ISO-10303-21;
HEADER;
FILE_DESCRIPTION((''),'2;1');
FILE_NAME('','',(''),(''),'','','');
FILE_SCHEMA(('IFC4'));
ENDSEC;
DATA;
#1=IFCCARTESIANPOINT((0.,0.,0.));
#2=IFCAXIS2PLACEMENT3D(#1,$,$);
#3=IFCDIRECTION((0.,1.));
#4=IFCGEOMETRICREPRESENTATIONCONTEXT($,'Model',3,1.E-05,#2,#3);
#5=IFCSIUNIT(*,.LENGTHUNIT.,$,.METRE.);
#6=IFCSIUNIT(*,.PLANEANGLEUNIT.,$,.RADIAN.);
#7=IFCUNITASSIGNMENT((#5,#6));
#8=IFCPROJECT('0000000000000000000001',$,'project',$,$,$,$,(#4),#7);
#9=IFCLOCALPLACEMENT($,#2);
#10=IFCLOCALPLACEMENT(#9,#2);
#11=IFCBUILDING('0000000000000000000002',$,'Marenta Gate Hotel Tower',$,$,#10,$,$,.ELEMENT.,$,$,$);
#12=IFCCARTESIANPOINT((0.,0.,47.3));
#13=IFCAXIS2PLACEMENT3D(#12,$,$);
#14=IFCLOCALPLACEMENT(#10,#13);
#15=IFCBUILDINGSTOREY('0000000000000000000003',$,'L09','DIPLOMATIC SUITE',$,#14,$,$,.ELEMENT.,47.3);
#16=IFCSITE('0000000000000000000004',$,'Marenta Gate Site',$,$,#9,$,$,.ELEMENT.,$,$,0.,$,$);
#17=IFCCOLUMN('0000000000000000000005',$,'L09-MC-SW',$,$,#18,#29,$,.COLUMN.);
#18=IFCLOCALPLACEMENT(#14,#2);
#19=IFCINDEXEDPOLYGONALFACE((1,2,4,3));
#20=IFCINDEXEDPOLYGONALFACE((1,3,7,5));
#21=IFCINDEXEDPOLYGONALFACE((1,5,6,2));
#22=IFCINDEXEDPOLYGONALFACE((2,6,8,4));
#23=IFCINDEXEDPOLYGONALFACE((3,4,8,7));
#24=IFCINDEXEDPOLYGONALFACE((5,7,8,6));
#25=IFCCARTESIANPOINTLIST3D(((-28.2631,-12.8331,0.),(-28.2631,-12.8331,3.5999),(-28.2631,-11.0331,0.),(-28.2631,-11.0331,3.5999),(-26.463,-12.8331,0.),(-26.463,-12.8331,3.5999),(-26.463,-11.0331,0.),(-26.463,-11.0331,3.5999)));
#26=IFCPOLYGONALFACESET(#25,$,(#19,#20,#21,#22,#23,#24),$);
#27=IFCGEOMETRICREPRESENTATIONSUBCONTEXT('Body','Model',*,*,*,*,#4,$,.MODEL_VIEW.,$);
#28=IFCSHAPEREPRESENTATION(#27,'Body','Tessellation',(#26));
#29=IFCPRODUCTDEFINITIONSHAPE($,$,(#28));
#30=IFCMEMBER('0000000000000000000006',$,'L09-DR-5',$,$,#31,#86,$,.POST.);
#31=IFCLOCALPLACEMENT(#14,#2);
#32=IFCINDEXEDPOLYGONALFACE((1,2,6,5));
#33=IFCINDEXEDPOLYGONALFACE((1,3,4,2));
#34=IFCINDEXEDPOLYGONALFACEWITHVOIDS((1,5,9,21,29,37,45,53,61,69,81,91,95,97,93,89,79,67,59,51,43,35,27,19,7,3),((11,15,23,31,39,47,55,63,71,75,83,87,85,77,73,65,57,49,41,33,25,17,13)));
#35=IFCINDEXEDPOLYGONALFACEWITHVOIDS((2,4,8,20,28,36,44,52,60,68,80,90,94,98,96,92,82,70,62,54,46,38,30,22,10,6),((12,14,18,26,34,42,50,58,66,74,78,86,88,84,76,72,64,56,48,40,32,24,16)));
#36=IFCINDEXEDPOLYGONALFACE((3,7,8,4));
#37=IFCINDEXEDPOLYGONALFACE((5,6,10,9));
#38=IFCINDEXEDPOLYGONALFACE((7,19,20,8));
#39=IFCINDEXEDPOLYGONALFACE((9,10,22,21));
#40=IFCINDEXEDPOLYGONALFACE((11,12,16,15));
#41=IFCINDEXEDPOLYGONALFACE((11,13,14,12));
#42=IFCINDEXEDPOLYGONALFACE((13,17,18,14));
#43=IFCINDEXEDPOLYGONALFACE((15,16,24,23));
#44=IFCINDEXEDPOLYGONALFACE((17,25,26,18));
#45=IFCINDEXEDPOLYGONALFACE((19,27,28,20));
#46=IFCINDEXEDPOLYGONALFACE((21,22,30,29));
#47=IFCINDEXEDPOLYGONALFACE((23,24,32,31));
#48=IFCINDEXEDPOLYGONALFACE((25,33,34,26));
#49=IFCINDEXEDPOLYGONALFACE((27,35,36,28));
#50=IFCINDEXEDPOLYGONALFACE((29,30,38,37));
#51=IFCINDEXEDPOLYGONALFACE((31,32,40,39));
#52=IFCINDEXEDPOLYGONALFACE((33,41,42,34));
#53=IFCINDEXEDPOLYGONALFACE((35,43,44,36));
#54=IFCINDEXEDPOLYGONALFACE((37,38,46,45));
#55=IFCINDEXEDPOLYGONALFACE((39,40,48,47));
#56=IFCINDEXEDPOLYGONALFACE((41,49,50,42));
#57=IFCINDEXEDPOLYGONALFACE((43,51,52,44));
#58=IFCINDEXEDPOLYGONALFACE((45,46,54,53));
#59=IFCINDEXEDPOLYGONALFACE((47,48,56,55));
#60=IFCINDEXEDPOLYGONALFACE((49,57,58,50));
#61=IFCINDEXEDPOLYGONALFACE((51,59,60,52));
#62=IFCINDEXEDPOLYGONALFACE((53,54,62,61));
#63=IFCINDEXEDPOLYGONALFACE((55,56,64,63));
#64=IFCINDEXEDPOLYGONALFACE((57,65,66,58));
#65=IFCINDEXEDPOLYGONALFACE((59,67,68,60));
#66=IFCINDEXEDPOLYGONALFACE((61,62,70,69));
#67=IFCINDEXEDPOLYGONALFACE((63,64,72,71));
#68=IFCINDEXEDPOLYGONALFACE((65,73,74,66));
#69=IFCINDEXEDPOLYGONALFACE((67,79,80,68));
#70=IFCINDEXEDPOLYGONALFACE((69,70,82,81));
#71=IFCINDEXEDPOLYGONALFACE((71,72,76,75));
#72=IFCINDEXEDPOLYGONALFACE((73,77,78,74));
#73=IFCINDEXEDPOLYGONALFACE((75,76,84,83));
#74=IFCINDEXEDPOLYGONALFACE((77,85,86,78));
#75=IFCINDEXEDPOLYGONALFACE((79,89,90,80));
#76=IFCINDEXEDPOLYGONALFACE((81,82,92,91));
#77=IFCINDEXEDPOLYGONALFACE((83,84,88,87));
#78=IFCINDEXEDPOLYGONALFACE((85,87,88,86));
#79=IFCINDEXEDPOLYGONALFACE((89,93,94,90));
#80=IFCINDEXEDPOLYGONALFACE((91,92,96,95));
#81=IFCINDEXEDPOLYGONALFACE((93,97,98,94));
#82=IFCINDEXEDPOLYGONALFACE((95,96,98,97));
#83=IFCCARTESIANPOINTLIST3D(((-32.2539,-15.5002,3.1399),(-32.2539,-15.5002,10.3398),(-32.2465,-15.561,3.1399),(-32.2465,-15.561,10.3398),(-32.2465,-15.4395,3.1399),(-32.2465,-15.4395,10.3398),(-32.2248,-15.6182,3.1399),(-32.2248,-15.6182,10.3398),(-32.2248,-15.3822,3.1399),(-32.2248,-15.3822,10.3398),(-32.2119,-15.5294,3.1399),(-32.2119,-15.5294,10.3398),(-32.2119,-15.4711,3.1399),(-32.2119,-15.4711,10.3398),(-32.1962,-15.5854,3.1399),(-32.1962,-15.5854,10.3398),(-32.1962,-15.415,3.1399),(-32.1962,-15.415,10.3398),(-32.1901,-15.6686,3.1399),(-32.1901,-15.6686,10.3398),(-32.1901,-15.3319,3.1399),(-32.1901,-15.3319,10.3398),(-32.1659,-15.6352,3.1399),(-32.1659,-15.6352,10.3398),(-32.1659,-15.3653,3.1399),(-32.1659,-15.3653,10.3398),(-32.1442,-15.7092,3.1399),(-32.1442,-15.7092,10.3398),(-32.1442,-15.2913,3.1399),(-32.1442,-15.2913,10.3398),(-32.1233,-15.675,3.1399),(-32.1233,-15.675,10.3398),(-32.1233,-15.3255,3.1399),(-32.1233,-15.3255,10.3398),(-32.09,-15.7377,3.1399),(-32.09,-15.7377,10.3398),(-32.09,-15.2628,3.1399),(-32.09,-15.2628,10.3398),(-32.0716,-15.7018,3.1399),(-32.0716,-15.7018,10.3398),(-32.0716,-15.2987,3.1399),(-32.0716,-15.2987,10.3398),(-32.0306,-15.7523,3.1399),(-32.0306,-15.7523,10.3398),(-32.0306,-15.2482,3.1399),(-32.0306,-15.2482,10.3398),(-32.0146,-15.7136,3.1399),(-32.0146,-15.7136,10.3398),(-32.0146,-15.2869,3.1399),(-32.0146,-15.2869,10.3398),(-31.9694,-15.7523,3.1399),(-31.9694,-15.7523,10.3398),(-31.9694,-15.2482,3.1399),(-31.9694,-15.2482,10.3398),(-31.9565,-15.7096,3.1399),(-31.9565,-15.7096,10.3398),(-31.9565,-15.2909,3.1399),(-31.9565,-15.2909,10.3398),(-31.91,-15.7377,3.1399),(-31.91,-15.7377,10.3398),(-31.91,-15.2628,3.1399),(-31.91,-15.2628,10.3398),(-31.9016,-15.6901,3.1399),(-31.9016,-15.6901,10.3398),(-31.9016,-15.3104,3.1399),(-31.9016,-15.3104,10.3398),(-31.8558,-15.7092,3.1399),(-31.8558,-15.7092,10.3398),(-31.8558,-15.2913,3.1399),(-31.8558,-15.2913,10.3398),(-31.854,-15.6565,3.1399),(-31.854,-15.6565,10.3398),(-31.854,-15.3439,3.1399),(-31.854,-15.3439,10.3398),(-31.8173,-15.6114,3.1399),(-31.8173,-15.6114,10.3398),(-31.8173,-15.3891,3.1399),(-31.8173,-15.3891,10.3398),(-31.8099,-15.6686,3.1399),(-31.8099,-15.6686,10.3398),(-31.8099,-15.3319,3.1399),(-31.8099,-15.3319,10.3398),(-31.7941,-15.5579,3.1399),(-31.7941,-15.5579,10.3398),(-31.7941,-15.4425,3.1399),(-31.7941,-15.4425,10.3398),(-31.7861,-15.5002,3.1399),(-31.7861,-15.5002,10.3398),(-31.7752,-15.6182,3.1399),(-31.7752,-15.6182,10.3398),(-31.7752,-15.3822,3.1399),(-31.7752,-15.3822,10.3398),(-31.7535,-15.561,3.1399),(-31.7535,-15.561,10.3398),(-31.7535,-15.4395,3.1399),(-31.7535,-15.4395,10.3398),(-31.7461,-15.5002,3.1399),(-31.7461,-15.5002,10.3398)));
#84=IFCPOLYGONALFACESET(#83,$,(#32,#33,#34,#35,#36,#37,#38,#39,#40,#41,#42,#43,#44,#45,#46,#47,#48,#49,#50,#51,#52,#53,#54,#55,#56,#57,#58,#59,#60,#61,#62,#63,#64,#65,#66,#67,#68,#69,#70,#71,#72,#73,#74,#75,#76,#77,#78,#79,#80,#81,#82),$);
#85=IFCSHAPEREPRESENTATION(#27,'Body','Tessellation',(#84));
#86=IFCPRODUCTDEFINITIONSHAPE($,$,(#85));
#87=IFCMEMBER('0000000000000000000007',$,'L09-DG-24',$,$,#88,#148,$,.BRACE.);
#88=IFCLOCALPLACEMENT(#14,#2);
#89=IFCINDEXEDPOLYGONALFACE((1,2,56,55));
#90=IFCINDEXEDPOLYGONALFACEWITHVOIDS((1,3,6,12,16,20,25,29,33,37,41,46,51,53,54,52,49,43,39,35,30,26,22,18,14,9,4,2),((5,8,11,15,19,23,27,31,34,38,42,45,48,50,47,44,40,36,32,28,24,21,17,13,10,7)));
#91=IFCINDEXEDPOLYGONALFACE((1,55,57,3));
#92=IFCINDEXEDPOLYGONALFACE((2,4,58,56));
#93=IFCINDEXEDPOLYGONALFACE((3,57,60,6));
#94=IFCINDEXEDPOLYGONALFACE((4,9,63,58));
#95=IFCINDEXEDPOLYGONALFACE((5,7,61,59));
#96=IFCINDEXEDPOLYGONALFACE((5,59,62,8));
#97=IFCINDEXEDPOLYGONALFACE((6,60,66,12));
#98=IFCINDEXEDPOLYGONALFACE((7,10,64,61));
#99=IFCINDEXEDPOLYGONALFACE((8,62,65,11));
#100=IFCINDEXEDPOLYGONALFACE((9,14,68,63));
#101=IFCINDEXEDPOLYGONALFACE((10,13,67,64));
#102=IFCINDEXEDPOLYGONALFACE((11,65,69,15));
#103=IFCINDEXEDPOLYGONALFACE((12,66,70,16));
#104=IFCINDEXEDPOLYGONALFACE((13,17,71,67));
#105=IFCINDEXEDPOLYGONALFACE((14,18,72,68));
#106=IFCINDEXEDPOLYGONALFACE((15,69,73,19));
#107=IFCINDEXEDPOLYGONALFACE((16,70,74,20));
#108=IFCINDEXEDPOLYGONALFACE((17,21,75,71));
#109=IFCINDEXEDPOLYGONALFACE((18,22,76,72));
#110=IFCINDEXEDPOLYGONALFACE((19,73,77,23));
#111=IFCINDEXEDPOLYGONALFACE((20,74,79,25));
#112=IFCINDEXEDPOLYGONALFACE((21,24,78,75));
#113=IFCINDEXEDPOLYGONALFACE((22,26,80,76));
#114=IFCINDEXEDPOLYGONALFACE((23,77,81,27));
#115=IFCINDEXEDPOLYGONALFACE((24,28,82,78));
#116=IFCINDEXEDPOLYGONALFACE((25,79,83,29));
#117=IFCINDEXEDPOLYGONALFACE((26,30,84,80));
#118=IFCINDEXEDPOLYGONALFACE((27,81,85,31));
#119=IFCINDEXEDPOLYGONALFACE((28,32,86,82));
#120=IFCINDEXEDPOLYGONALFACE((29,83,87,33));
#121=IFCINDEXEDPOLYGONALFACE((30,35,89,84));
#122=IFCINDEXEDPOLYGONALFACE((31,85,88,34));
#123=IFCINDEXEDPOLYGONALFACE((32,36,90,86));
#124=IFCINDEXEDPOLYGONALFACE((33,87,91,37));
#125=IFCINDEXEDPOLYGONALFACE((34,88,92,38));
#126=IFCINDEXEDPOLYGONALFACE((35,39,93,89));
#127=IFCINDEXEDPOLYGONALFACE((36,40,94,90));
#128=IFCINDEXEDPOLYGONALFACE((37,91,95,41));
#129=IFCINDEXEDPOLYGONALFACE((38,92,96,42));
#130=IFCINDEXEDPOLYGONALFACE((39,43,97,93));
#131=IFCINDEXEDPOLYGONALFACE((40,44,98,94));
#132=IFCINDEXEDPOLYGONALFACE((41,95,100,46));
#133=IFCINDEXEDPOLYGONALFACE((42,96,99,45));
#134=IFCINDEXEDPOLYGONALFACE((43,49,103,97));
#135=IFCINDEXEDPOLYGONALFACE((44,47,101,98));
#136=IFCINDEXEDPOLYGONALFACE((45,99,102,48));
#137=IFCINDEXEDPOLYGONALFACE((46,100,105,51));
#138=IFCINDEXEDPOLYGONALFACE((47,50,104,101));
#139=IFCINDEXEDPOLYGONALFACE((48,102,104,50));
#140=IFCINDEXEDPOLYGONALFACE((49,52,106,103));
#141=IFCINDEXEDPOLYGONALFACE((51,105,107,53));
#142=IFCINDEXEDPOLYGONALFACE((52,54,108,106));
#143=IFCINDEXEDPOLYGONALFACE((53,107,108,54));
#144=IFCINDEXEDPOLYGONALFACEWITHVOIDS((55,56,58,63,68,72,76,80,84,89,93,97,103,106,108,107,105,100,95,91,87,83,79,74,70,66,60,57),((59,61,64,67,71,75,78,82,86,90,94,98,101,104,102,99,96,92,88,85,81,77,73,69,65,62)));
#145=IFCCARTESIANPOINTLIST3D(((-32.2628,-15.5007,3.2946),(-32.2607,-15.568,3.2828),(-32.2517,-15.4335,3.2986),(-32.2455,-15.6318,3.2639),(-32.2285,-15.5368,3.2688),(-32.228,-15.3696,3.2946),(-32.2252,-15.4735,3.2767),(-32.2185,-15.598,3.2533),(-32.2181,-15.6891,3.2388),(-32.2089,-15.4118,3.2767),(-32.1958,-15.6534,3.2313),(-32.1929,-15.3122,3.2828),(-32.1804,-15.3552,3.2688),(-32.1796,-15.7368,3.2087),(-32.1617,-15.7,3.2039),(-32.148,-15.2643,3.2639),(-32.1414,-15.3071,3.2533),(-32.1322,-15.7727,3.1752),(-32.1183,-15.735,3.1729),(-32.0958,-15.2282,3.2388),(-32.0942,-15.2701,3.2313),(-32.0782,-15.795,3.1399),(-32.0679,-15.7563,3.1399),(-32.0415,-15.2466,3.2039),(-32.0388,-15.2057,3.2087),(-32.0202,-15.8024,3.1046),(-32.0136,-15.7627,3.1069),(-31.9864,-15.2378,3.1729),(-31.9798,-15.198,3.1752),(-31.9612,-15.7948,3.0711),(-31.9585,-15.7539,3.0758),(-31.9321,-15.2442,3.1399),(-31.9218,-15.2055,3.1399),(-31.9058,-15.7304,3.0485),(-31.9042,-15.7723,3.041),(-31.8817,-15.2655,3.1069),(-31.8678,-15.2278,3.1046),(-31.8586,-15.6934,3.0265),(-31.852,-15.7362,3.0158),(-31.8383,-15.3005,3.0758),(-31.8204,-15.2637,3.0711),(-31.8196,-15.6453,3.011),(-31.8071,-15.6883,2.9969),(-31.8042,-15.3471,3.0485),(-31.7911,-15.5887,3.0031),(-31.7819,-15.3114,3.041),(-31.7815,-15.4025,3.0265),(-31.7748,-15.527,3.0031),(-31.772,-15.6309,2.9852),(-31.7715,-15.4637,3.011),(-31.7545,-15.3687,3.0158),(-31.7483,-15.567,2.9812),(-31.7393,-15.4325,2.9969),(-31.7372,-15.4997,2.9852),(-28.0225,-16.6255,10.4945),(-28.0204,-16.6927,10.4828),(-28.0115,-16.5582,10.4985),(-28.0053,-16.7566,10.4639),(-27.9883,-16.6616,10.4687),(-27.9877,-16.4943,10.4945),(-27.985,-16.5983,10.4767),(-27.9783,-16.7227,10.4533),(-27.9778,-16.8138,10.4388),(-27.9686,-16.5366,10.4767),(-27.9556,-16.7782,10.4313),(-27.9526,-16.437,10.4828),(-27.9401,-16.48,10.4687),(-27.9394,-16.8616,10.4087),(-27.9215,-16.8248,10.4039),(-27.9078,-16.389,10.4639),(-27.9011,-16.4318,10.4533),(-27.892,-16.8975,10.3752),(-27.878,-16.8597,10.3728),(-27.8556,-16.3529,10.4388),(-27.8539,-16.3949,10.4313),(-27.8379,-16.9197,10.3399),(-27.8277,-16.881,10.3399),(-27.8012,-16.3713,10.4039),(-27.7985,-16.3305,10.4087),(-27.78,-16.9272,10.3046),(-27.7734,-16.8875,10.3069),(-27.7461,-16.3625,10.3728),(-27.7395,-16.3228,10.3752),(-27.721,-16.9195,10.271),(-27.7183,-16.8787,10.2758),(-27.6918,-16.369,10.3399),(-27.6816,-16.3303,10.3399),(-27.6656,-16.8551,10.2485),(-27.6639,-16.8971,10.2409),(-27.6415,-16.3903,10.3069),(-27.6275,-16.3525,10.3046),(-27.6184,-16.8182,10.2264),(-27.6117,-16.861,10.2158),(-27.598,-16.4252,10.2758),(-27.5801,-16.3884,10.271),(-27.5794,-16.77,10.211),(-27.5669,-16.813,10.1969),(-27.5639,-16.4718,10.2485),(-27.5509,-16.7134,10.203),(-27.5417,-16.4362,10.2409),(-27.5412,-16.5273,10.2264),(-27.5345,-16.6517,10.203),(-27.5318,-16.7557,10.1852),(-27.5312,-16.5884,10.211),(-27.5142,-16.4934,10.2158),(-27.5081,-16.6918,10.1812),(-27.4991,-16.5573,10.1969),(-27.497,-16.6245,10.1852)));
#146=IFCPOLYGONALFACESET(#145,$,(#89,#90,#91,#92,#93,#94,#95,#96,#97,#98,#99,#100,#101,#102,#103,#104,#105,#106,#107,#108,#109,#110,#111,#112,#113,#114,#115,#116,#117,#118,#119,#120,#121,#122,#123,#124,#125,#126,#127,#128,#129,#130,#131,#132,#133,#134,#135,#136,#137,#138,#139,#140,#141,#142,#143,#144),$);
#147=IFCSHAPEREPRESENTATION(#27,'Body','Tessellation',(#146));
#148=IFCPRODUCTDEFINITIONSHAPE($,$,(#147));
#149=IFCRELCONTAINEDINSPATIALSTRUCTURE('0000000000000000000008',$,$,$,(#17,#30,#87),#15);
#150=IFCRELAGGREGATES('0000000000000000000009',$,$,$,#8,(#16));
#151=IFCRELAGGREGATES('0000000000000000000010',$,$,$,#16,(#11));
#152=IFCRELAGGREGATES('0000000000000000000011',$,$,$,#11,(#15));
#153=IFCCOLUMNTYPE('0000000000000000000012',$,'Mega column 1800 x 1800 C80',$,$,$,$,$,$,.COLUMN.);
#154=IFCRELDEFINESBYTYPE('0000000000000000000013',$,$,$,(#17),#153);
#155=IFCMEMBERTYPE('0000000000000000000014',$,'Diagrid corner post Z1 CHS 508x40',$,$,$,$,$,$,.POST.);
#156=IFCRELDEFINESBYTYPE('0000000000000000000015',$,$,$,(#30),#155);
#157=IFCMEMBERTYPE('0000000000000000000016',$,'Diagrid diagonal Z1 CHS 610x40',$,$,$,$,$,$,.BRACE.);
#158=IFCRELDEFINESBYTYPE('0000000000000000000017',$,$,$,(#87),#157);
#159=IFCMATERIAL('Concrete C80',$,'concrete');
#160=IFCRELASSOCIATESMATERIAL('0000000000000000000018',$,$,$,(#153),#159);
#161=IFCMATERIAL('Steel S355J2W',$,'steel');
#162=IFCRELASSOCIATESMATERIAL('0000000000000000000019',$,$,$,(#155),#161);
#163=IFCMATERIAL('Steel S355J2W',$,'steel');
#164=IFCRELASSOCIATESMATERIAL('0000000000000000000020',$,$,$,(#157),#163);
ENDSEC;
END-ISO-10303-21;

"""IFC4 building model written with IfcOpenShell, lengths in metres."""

from ifc_helpers import new_model, si_unit, direction, frame, origin, origin_2d, place, context, subcontext, project, spatial, rectangle, hollow_circle, extrude, material, material_profile, profile_set, type_object, element, save


model = new_model("IFC4")

# Units and contexts
model_context = context("Model", 3, precision=1e-05, world=origin(), true_north=direction((0.0, 1.0)))
body_context = subcontext(model_context, "Body", "Model", "MODEL_VIEW")
ifc_project = project(units=[si_unit("LENGTHUNIT", "METRE"), si_unit("PLANEANGLEUNIT", "RADIAN")], contexts=[model_context])

# Site, building, storey
site_placement = place(None, origin())
site = spatial("IfcSite", under=ifc_project, at=site_placement, Name="Marenta Gate Site", CompositionType="ELEMENT", RefElevation=0.0)
building_placement = place(site_placement, origin())
building = spatial("IfcBuilding", under=site, at=building_placement, Name="Marenta Gate Hotel Tower", CompositionType="ELEMENT")
storey_placement = place(building_placement, frame((0.0, 0.0, 47.3)))
storey = spatial("IfcBuildingStorey", under=building, at=storey_placement, Name="L09", Description="DIPLOMATIC SUITE", CompositionType="ELEMENT", Elevation=47.3)

# Column
ifc_material_1 = material(Name="Concrete C80", Category="concrete")
ifc_material_profile_1 = material_profile(ifc_material_1, rectangle(XDim=1.8, YDim=1.8, at=origin_2d()), Name="1800 x 1800")
ifc_profile_set_1 = profile_set([ifc_material_profile_1], Name="Concrete C80")
column_type = type_object("IfcColumnType", Name="Mega column 1800 x 1800 C80", PredefinedType="COLUMN", material=ifc_profile_set_1)
column_placement = place(storey_placement, frame((-27.363, -11.9331, 0.0), z_axis=(0.0, 0.0, 1.0), x_axis=(1.0, 0.0, 0.0)))
element("IfcColumn", 1, at=column_placement, inside=storey, type_object=column_type, Name="L09-MC-SW", PredefinedType="COLUMN", context=body_context, shape_type="SweptSolid", body=[
    extrude(rectangle(XDim=1.8, YDim=1.8, at=origin_2d()), origin(), (0.0, 0.0, 1.0), 3.5999),
])

# Members
ifc_material_2 = material(Name="Steel S355J2W", Category="steel")
ifc_material_profile_2 = material_profile(ifc_material_2, hollow_circle(Radius=0.2539, WallThickness=0.04, at=origin_2d()), Name="CHS 508x40")
ifc_profile_set_2 = profile_set([ifc_material_profile_2], Name="Steel S355J2W")
member_type_1 = type_object("IfcMemberType", Name="Diagrid corner post Z1 CHS 508x40", PredefinedType="POST", material=ifc_profile_set_2)
member_1_placement = place(storey_placement, frame((-32.0, -15.5002, 3.1399), z_axis=(0.0, 0.0, 1.0), x_axis=(1.0, 0.0, 0.0)))
element("IfcMember", 2, at=member_1_placement, inside=storey, type_object=member_type_1, Name="L09-DR-5", PredefinedType="POST", context=body_context, shape_type="SweptSolid", body=[
    extrude(hollow_circle(Radius=0.2539, WallThickness=0.04, at=origin_2d()), origin(), (0.0, 0.0, 1.0), 7.2),
])
ifc_material_3 = material(Name="Steel S355J2W", Category="steel")
ifc_material_profile_3 = material_profile(ifc_material_3, hollow_circle(Radius=0.3049, WallThickness=0.04, at=origin_2d()), Name="CHS 610x40")
ifc_profile_set_3 = profile_set([ifc_material_profile_3], Name="Steel S355J2W")
member_type_2 = type_object("IfcMemberType", Name="Diagrid diagonal Z1 CHS 610x40", PredefinedType="BRACE", material=ifc_profile_set_3)
member_2_placement = place(storey_placement, frame((-32.0, -15.5002, 3.1399), z_axis=(0.502926, -0.133405, 0.853972), x_axis=(0.256391, 0.966573, 0.0)))
element("IfcMember", 3, at=member_2_placement, inside=storey, type_object=member_type_2, Name="L09-DG-24", PredefinedType="BRACE", context=body_context, shape_type="SweptSolid", body=[
    extrude(hollow_circle(Radius=0.3049, WallThickness=0.04, at=origin_2d()), origin(), (0.0, 0.0, 1.0), 8.4312),
])

save(model, "model.ifc")
